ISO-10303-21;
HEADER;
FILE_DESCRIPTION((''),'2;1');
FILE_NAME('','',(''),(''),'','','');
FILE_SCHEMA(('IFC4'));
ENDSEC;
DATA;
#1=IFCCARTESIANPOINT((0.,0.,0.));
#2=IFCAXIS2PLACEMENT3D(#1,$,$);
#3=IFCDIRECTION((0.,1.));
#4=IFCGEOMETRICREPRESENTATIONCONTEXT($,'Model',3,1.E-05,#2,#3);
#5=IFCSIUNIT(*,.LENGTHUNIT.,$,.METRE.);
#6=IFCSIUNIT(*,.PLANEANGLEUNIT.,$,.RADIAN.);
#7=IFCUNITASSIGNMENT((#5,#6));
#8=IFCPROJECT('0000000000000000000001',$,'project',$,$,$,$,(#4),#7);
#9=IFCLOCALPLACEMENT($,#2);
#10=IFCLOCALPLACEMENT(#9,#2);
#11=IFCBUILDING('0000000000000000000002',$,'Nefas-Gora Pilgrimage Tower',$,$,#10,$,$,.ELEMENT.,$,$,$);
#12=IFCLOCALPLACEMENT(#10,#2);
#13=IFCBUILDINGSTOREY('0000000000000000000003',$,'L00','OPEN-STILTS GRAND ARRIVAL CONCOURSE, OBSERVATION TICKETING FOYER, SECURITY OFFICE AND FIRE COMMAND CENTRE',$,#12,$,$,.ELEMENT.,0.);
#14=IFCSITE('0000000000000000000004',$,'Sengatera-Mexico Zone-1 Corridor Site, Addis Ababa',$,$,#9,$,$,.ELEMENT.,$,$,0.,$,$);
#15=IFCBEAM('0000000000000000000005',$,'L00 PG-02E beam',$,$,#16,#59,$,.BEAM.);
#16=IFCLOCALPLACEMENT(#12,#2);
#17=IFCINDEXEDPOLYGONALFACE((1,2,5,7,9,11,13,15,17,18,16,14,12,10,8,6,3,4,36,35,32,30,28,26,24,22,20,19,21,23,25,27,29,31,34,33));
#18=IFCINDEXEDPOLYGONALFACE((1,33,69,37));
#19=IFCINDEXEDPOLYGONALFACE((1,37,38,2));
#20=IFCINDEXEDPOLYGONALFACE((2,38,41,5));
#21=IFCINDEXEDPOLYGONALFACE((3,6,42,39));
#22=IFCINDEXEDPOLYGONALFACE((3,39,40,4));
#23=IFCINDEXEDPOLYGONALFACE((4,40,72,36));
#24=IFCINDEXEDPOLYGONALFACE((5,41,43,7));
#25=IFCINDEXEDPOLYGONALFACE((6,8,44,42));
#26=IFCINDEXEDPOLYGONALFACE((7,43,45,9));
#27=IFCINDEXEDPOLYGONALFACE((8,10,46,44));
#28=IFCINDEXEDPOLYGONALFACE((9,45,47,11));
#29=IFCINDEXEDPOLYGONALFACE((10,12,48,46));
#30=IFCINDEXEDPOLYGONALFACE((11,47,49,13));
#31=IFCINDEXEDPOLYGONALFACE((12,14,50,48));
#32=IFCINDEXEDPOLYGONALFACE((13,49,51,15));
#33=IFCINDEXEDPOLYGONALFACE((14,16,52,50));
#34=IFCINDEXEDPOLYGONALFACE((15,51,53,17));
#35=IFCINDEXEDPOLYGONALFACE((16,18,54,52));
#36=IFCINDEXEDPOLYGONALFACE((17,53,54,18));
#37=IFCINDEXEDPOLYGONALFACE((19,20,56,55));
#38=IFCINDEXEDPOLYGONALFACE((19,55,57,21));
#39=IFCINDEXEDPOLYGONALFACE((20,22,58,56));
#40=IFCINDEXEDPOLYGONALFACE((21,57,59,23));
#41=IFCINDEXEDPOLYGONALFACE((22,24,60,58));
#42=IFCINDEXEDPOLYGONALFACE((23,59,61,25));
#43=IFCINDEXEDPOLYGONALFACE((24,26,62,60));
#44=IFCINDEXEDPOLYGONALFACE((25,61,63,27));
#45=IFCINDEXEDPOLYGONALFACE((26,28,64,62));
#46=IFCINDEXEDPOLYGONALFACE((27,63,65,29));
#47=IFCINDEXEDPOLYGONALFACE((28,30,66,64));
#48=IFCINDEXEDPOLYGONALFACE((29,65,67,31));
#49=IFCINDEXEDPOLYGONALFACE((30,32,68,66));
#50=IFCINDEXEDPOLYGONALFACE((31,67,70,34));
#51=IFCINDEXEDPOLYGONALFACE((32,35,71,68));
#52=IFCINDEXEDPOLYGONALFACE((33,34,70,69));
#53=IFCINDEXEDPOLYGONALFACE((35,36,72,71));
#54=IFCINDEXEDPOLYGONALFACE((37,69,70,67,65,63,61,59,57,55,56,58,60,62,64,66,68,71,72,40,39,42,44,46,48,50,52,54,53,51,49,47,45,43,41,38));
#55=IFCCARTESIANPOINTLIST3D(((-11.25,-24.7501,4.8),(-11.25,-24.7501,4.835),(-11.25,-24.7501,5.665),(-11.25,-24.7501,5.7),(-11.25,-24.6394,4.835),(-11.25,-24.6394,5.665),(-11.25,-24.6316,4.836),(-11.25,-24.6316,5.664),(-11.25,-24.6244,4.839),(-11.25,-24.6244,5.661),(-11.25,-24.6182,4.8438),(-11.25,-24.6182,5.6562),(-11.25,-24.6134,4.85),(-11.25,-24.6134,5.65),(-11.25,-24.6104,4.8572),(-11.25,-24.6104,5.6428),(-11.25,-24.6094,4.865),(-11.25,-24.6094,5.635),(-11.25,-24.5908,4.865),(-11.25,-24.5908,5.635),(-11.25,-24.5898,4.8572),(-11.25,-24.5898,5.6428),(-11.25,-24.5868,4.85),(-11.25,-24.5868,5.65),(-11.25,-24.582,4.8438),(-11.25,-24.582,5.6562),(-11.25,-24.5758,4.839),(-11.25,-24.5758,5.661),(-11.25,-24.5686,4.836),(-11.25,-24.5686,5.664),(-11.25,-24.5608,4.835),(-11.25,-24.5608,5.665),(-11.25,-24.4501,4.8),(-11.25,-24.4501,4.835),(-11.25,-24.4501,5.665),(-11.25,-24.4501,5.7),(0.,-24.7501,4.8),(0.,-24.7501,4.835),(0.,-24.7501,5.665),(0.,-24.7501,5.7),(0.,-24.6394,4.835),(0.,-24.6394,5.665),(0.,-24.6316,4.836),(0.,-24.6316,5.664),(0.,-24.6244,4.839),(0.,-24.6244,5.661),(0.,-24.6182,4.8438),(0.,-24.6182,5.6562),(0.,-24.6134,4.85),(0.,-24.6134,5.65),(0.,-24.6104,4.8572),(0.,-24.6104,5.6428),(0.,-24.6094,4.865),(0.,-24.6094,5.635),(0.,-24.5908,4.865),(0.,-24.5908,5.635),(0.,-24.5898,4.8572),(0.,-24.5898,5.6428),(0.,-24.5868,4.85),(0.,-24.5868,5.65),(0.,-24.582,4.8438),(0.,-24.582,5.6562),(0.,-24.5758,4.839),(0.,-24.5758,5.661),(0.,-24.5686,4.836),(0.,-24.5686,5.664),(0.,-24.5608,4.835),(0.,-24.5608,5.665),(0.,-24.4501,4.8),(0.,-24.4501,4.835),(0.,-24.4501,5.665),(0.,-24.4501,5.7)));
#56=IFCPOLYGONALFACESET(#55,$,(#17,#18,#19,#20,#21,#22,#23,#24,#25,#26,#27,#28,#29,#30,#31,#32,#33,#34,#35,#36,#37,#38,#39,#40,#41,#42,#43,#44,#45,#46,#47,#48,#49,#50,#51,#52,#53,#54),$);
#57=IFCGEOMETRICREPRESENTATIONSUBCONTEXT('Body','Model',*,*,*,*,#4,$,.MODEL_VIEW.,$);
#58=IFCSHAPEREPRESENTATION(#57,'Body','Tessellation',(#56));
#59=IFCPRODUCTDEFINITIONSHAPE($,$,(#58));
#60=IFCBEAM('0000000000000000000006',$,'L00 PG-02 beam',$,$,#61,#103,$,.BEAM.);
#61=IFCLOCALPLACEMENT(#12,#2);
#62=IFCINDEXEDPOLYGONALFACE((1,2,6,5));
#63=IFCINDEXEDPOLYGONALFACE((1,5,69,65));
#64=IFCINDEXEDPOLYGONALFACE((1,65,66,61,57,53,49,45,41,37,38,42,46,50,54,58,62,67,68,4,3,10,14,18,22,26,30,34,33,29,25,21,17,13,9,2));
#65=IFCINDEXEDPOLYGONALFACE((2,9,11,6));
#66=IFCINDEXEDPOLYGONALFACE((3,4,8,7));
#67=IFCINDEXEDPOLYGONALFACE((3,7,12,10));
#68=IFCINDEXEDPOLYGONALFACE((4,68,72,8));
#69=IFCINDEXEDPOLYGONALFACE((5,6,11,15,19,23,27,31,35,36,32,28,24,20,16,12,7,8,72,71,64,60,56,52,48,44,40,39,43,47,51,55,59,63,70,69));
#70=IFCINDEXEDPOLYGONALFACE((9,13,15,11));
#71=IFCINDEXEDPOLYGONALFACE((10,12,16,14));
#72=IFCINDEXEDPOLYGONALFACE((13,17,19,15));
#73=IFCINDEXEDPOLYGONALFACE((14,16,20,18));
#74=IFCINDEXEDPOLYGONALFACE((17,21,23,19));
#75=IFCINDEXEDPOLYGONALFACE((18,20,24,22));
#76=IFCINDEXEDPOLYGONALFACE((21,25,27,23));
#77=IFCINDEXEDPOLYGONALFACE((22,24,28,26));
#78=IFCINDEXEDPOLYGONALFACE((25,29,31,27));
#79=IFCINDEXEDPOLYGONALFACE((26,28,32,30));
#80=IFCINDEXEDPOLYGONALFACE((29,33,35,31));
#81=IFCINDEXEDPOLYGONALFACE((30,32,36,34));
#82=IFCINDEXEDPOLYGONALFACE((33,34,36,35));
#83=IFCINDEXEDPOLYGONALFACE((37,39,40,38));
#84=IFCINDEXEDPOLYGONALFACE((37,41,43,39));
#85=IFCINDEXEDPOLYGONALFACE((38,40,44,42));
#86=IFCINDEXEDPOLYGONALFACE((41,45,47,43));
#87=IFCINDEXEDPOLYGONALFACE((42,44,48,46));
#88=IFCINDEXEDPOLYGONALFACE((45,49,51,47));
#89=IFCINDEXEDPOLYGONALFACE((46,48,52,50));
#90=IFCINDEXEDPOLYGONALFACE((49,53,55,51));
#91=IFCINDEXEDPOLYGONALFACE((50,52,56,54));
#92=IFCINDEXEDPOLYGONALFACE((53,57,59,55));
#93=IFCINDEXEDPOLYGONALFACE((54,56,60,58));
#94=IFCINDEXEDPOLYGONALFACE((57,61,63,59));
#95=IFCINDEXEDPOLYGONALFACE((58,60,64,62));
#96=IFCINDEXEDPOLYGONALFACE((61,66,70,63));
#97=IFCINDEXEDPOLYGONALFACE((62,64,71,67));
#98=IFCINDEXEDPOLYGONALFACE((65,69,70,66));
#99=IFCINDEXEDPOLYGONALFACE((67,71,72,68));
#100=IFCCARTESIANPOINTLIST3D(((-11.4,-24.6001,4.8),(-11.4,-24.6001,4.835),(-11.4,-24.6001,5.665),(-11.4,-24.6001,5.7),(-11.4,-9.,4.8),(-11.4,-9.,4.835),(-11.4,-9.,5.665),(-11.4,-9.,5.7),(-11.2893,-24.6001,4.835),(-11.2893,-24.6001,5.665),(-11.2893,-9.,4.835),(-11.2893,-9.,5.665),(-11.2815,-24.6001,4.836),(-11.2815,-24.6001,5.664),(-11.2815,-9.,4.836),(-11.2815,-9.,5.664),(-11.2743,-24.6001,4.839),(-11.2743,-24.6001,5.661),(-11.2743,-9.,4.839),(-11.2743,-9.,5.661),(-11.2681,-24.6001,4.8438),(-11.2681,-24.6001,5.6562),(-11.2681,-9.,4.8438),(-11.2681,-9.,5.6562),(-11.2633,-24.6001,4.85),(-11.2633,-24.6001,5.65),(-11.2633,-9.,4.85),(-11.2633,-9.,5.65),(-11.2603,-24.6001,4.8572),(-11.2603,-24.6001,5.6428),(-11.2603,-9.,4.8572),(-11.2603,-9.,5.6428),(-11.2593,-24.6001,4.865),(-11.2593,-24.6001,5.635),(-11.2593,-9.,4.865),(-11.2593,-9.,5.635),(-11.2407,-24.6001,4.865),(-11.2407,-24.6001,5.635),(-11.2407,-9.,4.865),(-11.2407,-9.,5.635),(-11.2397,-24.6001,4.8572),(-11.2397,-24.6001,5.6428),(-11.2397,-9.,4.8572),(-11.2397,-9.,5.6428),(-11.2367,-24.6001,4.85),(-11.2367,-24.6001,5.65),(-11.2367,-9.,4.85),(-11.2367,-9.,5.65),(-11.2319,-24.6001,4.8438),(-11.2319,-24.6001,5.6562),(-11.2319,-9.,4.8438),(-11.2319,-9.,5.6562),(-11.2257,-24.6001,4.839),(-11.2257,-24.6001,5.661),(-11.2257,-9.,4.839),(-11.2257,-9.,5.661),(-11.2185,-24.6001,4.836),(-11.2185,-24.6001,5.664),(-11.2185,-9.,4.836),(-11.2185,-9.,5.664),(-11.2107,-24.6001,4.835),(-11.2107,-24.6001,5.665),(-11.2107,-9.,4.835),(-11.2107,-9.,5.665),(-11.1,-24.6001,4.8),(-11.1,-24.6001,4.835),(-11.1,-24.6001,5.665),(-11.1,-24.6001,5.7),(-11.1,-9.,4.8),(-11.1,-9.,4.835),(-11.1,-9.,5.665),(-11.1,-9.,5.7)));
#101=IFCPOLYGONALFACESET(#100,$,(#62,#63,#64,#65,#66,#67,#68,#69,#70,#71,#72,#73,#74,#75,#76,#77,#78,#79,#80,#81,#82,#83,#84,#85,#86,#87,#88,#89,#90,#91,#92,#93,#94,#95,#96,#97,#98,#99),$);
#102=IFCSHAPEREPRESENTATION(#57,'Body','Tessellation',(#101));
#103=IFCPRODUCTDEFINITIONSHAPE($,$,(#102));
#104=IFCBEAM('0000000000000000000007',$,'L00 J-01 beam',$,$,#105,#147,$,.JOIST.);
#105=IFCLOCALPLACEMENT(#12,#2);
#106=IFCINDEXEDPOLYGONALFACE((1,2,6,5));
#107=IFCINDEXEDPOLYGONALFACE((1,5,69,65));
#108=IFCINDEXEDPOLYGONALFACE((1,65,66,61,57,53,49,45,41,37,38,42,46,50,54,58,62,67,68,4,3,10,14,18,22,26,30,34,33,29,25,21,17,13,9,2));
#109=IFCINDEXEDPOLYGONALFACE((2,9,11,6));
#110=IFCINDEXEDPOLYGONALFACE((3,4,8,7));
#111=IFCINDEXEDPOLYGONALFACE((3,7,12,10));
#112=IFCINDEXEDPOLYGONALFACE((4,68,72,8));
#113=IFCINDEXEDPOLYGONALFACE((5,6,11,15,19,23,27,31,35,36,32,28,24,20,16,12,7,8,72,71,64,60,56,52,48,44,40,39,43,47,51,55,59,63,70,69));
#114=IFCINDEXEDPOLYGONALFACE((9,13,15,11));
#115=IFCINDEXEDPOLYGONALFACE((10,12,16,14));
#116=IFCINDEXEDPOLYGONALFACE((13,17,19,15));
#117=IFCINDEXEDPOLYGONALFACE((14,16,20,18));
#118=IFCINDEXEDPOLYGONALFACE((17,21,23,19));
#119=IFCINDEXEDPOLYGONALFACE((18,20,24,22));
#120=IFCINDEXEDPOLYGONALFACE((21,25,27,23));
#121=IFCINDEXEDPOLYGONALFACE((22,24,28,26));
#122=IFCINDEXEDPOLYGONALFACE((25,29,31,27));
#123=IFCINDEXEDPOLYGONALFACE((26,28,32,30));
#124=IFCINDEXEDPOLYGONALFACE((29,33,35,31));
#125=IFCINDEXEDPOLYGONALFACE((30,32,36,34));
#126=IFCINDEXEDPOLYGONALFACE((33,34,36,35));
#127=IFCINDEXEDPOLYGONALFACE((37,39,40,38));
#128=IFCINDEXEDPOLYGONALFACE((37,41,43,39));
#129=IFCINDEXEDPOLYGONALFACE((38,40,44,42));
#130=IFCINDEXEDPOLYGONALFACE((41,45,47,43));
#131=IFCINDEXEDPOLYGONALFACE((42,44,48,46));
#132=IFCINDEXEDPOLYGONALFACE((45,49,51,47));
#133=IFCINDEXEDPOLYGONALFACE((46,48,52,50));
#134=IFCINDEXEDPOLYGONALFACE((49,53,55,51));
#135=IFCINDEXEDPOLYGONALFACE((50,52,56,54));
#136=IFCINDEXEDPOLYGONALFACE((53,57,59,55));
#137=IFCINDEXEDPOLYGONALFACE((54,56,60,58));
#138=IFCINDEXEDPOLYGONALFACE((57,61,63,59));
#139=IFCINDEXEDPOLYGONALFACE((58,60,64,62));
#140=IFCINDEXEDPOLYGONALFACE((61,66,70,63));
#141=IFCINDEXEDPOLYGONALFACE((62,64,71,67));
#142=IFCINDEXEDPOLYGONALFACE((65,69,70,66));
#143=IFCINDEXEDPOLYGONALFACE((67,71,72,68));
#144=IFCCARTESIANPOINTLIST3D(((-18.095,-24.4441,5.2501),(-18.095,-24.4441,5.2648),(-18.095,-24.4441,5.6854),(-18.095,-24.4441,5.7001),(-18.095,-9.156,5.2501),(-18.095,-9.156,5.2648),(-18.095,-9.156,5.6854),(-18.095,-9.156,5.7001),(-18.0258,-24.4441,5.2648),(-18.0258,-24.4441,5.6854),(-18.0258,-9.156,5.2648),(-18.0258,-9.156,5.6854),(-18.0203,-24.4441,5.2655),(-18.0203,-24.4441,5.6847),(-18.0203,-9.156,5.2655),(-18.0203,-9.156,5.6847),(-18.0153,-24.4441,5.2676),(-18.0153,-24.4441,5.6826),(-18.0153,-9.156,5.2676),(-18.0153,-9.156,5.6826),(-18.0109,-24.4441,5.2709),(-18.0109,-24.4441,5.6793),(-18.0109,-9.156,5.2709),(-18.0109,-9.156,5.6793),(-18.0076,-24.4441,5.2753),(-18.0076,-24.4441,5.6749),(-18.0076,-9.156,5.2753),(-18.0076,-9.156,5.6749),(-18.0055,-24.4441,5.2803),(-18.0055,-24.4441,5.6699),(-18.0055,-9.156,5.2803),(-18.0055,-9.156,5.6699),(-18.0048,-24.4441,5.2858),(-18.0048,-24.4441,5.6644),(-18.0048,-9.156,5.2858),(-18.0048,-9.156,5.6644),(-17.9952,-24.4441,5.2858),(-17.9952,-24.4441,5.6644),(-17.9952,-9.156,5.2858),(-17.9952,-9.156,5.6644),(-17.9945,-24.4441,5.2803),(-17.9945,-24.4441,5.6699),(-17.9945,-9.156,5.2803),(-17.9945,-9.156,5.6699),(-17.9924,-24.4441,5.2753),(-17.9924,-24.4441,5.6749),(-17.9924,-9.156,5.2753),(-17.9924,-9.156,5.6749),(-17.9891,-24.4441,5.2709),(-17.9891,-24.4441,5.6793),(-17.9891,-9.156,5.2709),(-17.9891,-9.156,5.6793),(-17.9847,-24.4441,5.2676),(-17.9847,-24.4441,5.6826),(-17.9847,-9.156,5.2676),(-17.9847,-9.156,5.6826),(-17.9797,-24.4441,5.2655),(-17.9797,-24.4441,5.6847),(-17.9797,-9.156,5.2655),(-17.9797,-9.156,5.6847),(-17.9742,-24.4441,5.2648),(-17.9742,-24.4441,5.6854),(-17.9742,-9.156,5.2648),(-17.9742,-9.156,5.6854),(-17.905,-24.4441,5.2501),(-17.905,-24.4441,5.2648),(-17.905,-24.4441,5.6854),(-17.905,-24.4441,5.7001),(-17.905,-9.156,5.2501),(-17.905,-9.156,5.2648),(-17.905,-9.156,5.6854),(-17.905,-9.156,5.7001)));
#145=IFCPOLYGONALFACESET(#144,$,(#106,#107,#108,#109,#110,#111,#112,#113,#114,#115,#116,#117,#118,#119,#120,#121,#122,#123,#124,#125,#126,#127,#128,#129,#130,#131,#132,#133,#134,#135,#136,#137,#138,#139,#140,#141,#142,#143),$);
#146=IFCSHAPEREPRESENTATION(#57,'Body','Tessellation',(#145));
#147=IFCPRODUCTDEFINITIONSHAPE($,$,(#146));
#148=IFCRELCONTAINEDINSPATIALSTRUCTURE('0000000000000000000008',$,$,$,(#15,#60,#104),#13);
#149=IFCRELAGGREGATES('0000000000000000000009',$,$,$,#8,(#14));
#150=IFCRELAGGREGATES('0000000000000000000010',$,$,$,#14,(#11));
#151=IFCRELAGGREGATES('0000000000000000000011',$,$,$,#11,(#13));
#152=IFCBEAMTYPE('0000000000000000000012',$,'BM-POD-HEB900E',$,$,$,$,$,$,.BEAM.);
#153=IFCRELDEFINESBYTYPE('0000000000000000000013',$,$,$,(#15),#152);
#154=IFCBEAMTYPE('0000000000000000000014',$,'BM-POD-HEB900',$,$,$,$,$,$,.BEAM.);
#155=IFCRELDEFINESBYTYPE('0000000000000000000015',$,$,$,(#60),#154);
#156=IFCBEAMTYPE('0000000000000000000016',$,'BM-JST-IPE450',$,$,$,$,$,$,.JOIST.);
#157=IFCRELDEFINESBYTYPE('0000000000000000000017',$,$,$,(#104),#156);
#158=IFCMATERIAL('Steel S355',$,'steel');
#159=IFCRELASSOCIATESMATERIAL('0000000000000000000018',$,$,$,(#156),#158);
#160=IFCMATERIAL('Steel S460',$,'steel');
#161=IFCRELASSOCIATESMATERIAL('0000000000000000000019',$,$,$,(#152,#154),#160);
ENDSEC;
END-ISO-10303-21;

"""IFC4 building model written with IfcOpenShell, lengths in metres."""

from ifc_helpers import new_model, si_unit, direction, frame, origin, origin_2d, place, context, subcontext, project, spatial, i_section, extrude, source, transform, mapped, material, material_profile, profile_set, type_object, element, save


model = new_model("IFC4")

# Units and contexts
model_context = context("Model", 3, precision=1e-05, world=origin(), true_north=direction((0.0, 1.0)))
body_context = subcontext(model_context, "Body", "Model", "MODEL_VIEW")
ifc_project = project(units=[si_unit("LENGTHUNIT", "METRE"), si_unit("PLANEANGLEUNIT", "RADIAN")], contexts=[model_context])

# Site, building, storey
site_placement = place(None, origin())
site = spatial("IfcSite", under=ifc_project, at=site_placement, Name="Sengatera-Mexico Zone-1 Corridor Site, Addis Ababa", CompositionType="ELEMENT", RefElevation=0.0)
building_placement = place(site_placement, origin())
building = spatial("IfcBuilding", under=site, at=building_placement, Name="Nefas-Gora Pilgrimage Tower", CompositionType="ELEMENT")
storey_placement = place(building_placement, origin())
storey = spatial("IfcBuildingStorey", under=building, at=storey_placement, Name="L00", Description="OPEN-STILTS GRAND ARRIVAL CONCOURSE, OBSERVATION TICKETING FOYER, SECURITY OFFICE AND FIRE COMMAND CENTRE", CompositionType="ELEMENT", Elevation=0.0)

# Shared definitions
ifc_material_1 = material(Name="Steel S355", Category="steel")
ifc_material_2 = material(Name="Steel S460", Category="steel")

# Beams
ifc_material_profile_1 = material_profile(ifc_material_1, i_section(OverallWidth=0.1899, OverallDepth=0.45, WebThickness=0.0095, FlangeThickness=0.0146, FilletRadius=0.021, at=origin_2d()), Name="IPE 450")
ifc_profile_set_1 = profile_set([ifc_material_profile_1], Name="Steel S355")
beam_type_1 = type_object("IfcBeamType", Name="BM-JST-IPE450", PredefinedType="JOIST", material=ifc_profile_set_1)
ifc_material_profile_2 = material_profile(ifc_material_2, i_section(OverallWidth=0.3, OverallDepth=0.8999, WebThickness=0.0186, FlangeThickness=0.0349, FilletRadius=0.03, at=origin_2d()), Name="HEB 900")
ifc_profile_set_2 = profile_set([ifc_material_profile_2], Name="Steel S460")
beam_type_2 = type_object("IfcBeamType", Name="BM-POD-HEB900E", PredefinedType="BEAM", material=ifc_profile_set_2)
shared_shape_1 = source(origin(), body_context, "Body", "SweptSolid", [
    extrude(i_section(OverallWidth=0.3, OverallDepth=0.8999, WebThickness=0.0186, FlangeThickness=0.0349, FilletRadius=0.03, at=origin_2d()), origin(), (0.0, 0.0, 1.0), 11.25),
])
beam_1_placement = place(storey_placement, frame((-11.25, -24.6001, 5.25), z_axis=(1.0, 0.0, 0.0), x_axis=(0.0, 1.0, 0.0)))
element("IfcBeam", 1, at=beam_1_placement, inside=storey, type_object=beam_type_2, Name="L00 PG-02E beam", PredefinedType="BEAM", context=body_context, shape_type="MappedRepresentation", body=[
    mapped(shared_shape_1, transform((0.0, 0.0, 0.0), x_axis=(1.0, 0.0, 0.0), y_axis=(0.0, 1.0, 0.0), z_axis=(0.0, 0.0, 1.0), scale=1.0)),
])
ifc_material_profile_3 = material_profile(ifc_material_2, i_section(OverallWidth=0.3, OverallDepth=0.8999, WebThickness=0.0186, FlangeThickness=0.0349, FilletRadius=0.03, at=origin_2d()), Name="HEB 900")
ifc_profile_set_3 = profile_set([ifc_material_profile_3], Name="Steel S460")
beam_type_3 = type_object("IfcBeamType", Name="BM-POD-HEB900", PredefinedType="BEAM", material=ifc_profile_set_3)
shared_shape_2 = source(origin(), body_context, "Body", "SweptSolid", [
    extrude(i_section(OverallWidth=0.3, OverallDepth=0.8999, WebThickness=0.0186, FlangeThickness=0.0349, FilletRadius=0.03, at=origin_2d()), origin(), (0.0, 0.0, 1.0), 15.6001),
])
beam_2_placement = place(storey_placement, frame((-11.25, -24.6001, 5.25), z_axis=(0.0, 1.0, 0.0), x_axis=(-1.0, 0.0, 0.0)))
element("IfcBeam", 2, at=beam_2_placement, inside=storey, type_object=beam_type_3, Name="L00 PG-02 beam", PredefinedType="BEAM", context=body_context, shape_type="MappedRepresentation", body=[
    mapped(shared_shape_2, transform((0.0, 0.0, 0.0), x_axis=(1.0, 0.0, 0.0), y_axis=(0.0, 1.0, 0.0), z_axis=(0.0, 0.0, 1.0), scale=1.0)),
])
shared_shape_3 = source(origin(), body_context, "Body", "SweptSolid", [
    extrude(i_section(OverallWidth=0.1899, OverallDepth=0.45, WebThickness=0.0095, FlangeThickness=0.0146, FilletRadius=0.021, at=origin_2d()), origin(), (0.0, 0.0, 1.0), 15.2881),
])
beam_3_placement = place(storey_placement, frame((-18.0, -24.4441, 5.4751), z_axis=(0.0, 1.0, 0.0), x_axis=(-1.0, 0.0, 0.0)))
element("IfcBeam", 3, at=beam_3_placement, inside=storey, type_object=beam_type_1, Name="L00 J-01 beam", PredefinedType="JOIST", context=body_context, shape_type="MappedRepresentation", body=[
    mapped(shared_shape_3, transform((0.0, 0.0, 0.0), x_axis=(1.0, 0.0, 0.0), y_axis=(0.0, 1.0, 0.0), z_axis=(0.0, 0.0, 1.0), scale=1.0)),
])

save(model, "model.ifc")
